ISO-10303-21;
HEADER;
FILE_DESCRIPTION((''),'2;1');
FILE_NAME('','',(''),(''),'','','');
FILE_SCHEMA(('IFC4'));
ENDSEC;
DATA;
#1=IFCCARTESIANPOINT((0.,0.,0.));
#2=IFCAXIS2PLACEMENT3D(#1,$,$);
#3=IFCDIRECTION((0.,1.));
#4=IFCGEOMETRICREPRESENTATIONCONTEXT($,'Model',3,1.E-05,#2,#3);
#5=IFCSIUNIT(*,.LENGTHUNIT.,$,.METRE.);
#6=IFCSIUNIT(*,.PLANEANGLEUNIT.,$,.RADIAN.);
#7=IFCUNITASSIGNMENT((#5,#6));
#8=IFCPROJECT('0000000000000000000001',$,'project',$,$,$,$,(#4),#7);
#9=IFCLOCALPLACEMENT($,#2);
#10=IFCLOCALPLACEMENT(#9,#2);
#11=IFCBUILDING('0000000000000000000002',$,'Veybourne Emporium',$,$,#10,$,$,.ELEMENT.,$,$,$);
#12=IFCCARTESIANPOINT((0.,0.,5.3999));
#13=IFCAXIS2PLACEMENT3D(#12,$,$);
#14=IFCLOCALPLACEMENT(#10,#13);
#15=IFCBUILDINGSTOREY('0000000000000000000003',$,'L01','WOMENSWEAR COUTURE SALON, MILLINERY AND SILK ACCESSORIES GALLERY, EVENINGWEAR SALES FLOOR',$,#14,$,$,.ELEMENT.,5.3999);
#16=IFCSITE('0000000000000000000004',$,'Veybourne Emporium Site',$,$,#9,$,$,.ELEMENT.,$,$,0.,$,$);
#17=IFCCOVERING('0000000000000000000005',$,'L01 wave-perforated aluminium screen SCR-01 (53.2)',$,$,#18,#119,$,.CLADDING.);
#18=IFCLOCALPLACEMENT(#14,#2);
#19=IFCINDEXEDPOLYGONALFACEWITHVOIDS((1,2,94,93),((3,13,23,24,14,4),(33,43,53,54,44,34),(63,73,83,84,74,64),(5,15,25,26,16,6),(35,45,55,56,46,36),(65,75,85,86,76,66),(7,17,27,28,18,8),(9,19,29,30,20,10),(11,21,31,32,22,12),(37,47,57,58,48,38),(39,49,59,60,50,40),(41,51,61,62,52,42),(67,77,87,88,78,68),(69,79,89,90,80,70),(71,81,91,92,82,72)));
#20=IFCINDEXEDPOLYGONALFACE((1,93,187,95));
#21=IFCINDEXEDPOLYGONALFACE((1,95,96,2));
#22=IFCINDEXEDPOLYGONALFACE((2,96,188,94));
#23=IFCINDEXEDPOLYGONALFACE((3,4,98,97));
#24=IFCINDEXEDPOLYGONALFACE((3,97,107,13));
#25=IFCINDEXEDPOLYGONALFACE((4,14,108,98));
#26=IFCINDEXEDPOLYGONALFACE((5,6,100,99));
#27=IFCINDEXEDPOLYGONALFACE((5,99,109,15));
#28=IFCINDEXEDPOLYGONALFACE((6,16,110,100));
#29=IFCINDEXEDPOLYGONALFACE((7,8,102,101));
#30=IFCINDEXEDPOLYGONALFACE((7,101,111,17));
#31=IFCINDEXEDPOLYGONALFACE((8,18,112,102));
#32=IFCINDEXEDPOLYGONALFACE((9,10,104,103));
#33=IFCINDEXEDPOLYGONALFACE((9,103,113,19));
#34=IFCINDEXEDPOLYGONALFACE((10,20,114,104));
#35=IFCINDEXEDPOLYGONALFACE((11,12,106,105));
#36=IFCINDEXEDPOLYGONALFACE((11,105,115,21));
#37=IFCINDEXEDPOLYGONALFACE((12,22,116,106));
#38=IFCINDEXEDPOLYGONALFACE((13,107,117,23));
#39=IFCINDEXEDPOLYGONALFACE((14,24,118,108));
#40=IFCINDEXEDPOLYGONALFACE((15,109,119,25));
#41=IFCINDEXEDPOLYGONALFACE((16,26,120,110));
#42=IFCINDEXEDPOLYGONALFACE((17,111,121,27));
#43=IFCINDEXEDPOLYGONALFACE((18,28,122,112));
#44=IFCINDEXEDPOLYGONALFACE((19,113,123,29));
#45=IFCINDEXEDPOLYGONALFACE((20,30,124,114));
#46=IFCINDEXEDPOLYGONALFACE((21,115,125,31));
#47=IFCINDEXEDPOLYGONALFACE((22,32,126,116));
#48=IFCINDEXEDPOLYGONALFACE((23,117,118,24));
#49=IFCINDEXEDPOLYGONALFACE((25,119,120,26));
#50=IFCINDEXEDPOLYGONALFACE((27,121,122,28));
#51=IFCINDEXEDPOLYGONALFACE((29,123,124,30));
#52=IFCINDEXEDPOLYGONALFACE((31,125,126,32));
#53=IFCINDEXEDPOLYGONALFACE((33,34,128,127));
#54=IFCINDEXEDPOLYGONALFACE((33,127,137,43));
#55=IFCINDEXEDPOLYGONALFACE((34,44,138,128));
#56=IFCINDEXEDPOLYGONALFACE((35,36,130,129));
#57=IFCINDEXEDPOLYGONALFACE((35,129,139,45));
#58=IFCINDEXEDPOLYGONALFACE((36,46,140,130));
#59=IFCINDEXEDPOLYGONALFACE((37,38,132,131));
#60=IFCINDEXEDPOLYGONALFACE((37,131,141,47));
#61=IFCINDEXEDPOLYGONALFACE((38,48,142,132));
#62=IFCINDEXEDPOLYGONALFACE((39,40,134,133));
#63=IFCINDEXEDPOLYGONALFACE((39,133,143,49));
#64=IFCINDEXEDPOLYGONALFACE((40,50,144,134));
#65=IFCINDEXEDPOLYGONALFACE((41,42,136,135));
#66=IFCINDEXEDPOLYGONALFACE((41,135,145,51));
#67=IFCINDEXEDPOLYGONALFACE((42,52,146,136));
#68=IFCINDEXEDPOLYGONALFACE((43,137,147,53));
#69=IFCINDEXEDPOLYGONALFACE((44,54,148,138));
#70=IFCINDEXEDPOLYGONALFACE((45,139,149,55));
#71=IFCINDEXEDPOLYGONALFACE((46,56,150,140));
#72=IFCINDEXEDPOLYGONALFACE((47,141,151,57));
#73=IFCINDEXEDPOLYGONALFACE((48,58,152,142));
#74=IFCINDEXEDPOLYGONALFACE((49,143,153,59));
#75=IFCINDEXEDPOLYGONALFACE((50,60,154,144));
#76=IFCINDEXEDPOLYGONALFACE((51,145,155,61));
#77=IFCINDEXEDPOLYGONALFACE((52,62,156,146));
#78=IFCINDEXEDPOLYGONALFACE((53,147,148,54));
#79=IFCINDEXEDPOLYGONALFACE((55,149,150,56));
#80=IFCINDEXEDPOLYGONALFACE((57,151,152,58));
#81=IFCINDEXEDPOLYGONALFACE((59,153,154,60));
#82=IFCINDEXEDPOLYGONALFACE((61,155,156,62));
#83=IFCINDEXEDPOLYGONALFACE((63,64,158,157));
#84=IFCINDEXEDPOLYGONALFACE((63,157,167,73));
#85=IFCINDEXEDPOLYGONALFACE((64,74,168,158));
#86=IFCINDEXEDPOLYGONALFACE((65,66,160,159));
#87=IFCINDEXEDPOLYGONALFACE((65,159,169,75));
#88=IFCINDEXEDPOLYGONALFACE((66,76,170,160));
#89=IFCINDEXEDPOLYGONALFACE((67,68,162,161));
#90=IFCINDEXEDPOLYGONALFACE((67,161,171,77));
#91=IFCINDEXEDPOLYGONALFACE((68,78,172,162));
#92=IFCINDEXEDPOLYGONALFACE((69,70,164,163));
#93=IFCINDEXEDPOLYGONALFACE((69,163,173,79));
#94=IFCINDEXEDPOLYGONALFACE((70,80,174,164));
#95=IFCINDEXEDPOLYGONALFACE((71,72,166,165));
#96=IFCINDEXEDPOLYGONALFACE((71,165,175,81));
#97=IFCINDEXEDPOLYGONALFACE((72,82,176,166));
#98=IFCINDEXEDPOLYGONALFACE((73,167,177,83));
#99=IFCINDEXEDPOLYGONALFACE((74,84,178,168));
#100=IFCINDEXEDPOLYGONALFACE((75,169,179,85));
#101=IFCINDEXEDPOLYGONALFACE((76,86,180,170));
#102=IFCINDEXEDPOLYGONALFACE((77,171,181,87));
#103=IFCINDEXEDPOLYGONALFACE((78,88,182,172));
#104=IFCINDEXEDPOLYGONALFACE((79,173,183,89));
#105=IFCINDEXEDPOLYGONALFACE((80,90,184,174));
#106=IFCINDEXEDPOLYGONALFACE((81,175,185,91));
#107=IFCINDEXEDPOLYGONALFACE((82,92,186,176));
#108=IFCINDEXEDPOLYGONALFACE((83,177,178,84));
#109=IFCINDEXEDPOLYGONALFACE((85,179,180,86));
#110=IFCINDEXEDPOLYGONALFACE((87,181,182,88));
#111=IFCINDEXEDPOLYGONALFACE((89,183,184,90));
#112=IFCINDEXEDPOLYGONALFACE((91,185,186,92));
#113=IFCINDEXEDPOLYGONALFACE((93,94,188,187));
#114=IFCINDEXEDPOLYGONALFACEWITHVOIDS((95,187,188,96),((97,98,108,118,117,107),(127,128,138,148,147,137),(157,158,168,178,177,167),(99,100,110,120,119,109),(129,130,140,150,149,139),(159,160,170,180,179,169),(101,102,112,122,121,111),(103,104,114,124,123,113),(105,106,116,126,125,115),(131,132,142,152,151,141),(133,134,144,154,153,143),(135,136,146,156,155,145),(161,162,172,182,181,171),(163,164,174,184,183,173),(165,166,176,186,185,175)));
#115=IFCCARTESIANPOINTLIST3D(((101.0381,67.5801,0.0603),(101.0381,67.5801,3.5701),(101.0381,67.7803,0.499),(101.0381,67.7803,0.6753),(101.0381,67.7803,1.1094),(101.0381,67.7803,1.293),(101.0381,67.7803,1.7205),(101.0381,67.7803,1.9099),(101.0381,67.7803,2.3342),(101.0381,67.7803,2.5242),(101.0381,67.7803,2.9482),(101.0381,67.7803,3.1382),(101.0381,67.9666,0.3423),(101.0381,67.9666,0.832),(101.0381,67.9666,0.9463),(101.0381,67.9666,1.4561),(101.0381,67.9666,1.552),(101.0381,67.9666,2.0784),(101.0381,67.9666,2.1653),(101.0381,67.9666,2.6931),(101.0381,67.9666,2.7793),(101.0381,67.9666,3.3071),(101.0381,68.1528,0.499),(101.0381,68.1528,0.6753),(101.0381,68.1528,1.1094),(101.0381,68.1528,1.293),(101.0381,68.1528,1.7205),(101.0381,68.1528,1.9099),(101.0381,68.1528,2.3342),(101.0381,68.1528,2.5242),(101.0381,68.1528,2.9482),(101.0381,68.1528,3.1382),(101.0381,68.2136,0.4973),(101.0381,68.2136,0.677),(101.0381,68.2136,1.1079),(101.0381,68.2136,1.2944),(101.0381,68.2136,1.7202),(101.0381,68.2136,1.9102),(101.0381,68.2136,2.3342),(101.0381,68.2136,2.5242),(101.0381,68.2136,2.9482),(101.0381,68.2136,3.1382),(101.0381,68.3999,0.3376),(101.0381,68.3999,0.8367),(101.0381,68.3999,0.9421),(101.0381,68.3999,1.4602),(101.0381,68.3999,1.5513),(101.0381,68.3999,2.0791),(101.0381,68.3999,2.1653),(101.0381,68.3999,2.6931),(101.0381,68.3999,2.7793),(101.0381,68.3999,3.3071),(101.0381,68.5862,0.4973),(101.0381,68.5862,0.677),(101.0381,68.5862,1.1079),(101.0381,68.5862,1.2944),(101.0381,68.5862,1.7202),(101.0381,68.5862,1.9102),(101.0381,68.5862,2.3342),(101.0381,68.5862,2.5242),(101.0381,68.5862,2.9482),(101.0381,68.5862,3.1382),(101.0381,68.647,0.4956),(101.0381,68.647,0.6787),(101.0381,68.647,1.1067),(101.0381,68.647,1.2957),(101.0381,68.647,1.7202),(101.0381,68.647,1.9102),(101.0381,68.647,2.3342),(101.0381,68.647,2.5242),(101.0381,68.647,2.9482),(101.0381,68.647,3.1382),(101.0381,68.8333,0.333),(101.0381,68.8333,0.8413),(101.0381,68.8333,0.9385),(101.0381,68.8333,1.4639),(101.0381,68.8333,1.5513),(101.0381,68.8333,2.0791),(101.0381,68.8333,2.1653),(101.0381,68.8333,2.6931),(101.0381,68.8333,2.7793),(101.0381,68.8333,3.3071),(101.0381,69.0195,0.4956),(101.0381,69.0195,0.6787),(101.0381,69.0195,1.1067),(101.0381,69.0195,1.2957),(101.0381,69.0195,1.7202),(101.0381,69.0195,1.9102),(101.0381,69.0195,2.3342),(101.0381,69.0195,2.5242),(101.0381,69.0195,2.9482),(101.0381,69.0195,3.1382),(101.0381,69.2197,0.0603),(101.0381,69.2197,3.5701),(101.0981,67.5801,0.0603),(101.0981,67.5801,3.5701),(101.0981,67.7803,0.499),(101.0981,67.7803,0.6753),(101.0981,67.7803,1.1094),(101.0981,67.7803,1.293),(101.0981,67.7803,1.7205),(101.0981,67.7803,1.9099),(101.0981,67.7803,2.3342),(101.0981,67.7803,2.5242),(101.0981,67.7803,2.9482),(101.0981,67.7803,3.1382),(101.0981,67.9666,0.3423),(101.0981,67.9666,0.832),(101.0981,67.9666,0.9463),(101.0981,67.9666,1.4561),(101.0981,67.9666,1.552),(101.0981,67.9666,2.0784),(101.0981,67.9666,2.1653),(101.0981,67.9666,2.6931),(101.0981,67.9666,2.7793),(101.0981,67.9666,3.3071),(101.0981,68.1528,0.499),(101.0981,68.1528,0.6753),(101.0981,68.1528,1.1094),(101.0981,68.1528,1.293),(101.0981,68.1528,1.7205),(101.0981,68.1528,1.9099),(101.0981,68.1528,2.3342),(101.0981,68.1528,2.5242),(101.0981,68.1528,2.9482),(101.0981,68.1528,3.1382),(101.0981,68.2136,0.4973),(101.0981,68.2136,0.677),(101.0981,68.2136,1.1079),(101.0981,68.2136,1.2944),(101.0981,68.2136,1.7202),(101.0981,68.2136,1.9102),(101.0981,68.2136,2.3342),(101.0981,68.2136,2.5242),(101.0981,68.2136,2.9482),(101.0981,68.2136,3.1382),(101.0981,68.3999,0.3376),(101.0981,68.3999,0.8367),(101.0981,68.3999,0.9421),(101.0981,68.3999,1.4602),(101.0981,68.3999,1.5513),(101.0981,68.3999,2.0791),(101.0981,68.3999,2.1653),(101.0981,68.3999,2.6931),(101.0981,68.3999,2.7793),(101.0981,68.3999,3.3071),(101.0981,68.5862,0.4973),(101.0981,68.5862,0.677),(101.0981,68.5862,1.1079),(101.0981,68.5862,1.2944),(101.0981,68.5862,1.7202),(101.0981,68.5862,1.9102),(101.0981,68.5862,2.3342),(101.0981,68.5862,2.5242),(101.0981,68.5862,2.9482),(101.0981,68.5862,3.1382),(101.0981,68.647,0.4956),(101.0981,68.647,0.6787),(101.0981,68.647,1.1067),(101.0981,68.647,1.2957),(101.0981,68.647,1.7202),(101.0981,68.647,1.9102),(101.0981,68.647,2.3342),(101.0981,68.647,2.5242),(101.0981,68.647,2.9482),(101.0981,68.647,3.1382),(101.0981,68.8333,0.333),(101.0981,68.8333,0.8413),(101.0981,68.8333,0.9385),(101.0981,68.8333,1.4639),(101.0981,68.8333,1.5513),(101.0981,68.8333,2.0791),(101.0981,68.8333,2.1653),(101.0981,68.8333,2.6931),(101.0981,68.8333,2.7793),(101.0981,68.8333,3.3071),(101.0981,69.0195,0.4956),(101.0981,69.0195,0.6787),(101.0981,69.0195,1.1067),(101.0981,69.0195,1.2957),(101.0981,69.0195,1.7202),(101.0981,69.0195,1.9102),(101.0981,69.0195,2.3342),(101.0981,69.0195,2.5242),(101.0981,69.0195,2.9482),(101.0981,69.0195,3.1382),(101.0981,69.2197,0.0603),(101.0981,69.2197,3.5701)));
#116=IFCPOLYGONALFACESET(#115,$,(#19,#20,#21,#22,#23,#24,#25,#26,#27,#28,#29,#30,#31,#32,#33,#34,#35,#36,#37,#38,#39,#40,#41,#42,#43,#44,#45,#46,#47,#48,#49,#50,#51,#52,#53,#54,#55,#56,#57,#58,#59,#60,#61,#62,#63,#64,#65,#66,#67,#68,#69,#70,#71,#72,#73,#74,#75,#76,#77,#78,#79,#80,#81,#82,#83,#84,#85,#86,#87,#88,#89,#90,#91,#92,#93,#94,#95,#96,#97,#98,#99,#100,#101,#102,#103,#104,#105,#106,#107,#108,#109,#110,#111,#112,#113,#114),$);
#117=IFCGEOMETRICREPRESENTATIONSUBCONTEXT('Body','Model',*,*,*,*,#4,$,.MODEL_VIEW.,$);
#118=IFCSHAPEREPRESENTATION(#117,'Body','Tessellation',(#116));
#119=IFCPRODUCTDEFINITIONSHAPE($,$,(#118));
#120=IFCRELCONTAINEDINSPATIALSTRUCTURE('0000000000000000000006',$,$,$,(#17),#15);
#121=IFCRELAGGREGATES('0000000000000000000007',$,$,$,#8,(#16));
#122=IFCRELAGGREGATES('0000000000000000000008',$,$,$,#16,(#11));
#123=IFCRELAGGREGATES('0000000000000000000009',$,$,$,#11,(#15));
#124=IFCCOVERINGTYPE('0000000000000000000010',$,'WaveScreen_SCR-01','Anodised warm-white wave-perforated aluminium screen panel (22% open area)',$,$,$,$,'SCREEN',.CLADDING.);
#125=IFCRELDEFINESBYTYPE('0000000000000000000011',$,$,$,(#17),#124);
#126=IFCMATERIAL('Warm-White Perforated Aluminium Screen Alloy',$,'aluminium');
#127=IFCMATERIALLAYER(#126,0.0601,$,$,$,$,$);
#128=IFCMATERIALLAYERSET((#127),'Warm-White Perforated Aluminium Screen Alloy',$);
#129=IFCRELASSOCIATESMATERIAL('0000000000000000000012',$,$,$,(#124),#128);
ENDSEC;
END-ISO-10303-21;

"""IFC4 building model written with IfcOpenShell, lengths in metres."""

from ifc_helpers import new_model, si_unit, direction, frame, origin, place, context, subcontext, project, spatial, polyline, outline, extrude, material, layer, layer_set, type_object, element, save


model = new_model("IFC4")

# Units and contexts
model_context = context("Model", 3, precision=1e-05, world=origin(), true_north=direction((0.0, 1.0)))
body_context = subcontext(model_context, "Body", "Model", "MODEL_VIEW")
ifc_project = project(units=[si_unit("LENGTHUNIT", "METRE"), si_unit("PLANEANGLEUNIT", "RADIAN")], contexts=[model_context])

# Site, building, storey
site_placement = place(None, origin())
site = spatial("IfcSite", under=ifc_project, at=site_placement, Name="Veybourne Emporium Site", CompositionType="ELEMENT", RefElevation=0.0)
building_placement = place(site_placement, origin())
building = spatial("IfcBuilding", under=site, at=building_placement, Name="Veybourne Emporium", CompositionType="ELEMENT")
storey_placement = place(building_placement, frame((0.0, 0.0, 5.3999)))
storey = spatial("IfcBuildingStorey", under=building, at=storey_placement, Name="L01", Description="WOMENSWEAR COUTURE SALON, MILLINERY AND SILK ACCESSORIES GALLERY, EVENINGWEAR SALES FLOOR", CompositionType="ELEMENT", Elevation=5.3999)

# Covering
ifc_material_1 = material(Name="Warm-White Perforated Aluminium Screen Alloy", Category="aluminium")
ifc_layer_1 = layer(ifc_material_1, 0.0601)
ifc_layer_set_1 = layer_set([ifc_layer_1], Name="Warm-White Perforated Aluminium Screen Alloy")
covering_type_1 = type_object("IfcCoveringType", Name="WaveScreen_SCR-01", Description="Anodised warm-white wave-perforated aluminium screen panel (22% open area)", ElementType="SCREEN", PredefinedType="CLADDING", material=ifc_layer_set_1)
covering_1_placement = place(storey_placement, frame((101.0981, 68.3999, 1.8152), z_axis=(-1.0, 0.0, 0.0), x_axis=(0.0, -1.0, 0.0)))
element("IfcCovering", 1, at=covering_1_placement, inside=storey, type_object=covering_type_1, Name="L01 wave-perforated aluminium screen SCR-01 (53.2)", PredefinedType="CLADDING", context=body_context, shape_type="SweptSolid", body=[
    extrude(outline(polyline([(-0.8198, -1.7549), (0.8198, -1.7549), (0.8198, 1.7549), (-0.8198, 1.7549), (-0.8198, -1.7549)]), holes=[polyline([(-0.4333, -0.9739), (-0.2471, -1.1365), (-0.2471, -1.3196), (-0.4333, -1.4822), (-0.6196, -1.3196), (-0.6196, -1.1365), (-0.4333, -0.9739)]), polyline([(-0.4333, -0.3513), (-0.2471, -0.5195), (-0.2471, -0.7085), (-0.4333, -0.8767), (-0.6196, -0.7085), (-0.6196, -0.5195), (-0.4333, -0.3513)]), polyline([(-0.4333, 0.2639), (-0.2471, 0.095), (-0.2471, -0.095), (-0.4333, -0.2639), (-0.6196, -0.095), (-0.6196, 0.095), (-0.4333, 0.2639)]), polyline([(-0.4333, 0.8779), (-0.2471, 0.709), (-0.2471, 0.519), (-0.4333, 0.3501), (-0.6196, 0.519), (-0.6196, 0.709), (-0.4333, 0.8779)]), polyline([(-0.4333, 1.4919), (-0.2471, 1.323), (-0.2471, 1.1331), (-0.4333, 0.9641), (-0.6196, 1.1331), (-0.6196, 1.323), (-0.4333, 1.4919)]), polyline([(0.0, -0.9785), (0.1863, -1.1382), (0.1863, -1.3179), (0.0, -1.4775), (-0.1863, -1.3179), (-0.1863, -1.1382), (0.0, -0.9785)]), polyline([(0.0, -0.355), (0.1863, -0.5208), (0.1863, -0.7073), (0.0, -0.873), (-0.1863, -0.7073), (-0.1863, -0.5208), (0.0, -0.355)]), polyline([(0.0, 0.2639), (0.1863, 0.095), (0.1863, -0.095), (0.0, -0.2639), (-0.1863, -0.095), (-0.1863, 0.095), (0.0, 0.2639)]), polyline([(0.0, 0.8779), (0.1863, 0.709), (0.1863, 0.519), (0.0, 0.3501), (-0.1863, 0.519), (-0.1863, 0.709), (0.0, 0.8779)]), polyline([(0.0, 1.4919), (0.1863, 1.323), (0.1863, 1.1331), (0.0, 0.9641), (-0.1863, 1.1331), (-0.1863, 1.323), (0.0, 1.4919)]), polyline([(0.4333, -0.9832), (0.6196, -1.1399), (0.6196, -1.3162), (0.4333, -1.4729), (0.2471, -1.3162), (0.2471, -1.1399), (0.4333, -0.9832)]), polyline([(0.4333, -0.3591), (0.6196, -0.5222), (0.6196, -0.7058), (0.4333, -0.8689), (0.2471, -0.7058), (0.2471, -0.5222), (0.4333, -0.3591)]), polyline([(0.4333, 0.2632), (0.6196, 0.0947), (0.6196, -0.0947), (0.4333, -0.2632), (0.2471, -0.0947), (0.2471, 0.0947), (0.4333, 0.2632)]), polyline([(0.4333, 0.8779), (0.6196, 0.709), (0.6196, 0.519), (0.4333, 0.3501), (0.2471, 0.519), (0.2471, 0.709), (0.4333, 0.8779)]), polyline([(0.4333, 1.4919), (0.6196, 1.323), (0.6196, 1.1331), (0.4333, 0.9641), (0.2471, 1.1331), (0.2471, 1.323), (0.4333, 1.4919)])]), origin(), (0.0, 0.0, 1.0), 0.0601),
])

save(model, "model.ifc")
